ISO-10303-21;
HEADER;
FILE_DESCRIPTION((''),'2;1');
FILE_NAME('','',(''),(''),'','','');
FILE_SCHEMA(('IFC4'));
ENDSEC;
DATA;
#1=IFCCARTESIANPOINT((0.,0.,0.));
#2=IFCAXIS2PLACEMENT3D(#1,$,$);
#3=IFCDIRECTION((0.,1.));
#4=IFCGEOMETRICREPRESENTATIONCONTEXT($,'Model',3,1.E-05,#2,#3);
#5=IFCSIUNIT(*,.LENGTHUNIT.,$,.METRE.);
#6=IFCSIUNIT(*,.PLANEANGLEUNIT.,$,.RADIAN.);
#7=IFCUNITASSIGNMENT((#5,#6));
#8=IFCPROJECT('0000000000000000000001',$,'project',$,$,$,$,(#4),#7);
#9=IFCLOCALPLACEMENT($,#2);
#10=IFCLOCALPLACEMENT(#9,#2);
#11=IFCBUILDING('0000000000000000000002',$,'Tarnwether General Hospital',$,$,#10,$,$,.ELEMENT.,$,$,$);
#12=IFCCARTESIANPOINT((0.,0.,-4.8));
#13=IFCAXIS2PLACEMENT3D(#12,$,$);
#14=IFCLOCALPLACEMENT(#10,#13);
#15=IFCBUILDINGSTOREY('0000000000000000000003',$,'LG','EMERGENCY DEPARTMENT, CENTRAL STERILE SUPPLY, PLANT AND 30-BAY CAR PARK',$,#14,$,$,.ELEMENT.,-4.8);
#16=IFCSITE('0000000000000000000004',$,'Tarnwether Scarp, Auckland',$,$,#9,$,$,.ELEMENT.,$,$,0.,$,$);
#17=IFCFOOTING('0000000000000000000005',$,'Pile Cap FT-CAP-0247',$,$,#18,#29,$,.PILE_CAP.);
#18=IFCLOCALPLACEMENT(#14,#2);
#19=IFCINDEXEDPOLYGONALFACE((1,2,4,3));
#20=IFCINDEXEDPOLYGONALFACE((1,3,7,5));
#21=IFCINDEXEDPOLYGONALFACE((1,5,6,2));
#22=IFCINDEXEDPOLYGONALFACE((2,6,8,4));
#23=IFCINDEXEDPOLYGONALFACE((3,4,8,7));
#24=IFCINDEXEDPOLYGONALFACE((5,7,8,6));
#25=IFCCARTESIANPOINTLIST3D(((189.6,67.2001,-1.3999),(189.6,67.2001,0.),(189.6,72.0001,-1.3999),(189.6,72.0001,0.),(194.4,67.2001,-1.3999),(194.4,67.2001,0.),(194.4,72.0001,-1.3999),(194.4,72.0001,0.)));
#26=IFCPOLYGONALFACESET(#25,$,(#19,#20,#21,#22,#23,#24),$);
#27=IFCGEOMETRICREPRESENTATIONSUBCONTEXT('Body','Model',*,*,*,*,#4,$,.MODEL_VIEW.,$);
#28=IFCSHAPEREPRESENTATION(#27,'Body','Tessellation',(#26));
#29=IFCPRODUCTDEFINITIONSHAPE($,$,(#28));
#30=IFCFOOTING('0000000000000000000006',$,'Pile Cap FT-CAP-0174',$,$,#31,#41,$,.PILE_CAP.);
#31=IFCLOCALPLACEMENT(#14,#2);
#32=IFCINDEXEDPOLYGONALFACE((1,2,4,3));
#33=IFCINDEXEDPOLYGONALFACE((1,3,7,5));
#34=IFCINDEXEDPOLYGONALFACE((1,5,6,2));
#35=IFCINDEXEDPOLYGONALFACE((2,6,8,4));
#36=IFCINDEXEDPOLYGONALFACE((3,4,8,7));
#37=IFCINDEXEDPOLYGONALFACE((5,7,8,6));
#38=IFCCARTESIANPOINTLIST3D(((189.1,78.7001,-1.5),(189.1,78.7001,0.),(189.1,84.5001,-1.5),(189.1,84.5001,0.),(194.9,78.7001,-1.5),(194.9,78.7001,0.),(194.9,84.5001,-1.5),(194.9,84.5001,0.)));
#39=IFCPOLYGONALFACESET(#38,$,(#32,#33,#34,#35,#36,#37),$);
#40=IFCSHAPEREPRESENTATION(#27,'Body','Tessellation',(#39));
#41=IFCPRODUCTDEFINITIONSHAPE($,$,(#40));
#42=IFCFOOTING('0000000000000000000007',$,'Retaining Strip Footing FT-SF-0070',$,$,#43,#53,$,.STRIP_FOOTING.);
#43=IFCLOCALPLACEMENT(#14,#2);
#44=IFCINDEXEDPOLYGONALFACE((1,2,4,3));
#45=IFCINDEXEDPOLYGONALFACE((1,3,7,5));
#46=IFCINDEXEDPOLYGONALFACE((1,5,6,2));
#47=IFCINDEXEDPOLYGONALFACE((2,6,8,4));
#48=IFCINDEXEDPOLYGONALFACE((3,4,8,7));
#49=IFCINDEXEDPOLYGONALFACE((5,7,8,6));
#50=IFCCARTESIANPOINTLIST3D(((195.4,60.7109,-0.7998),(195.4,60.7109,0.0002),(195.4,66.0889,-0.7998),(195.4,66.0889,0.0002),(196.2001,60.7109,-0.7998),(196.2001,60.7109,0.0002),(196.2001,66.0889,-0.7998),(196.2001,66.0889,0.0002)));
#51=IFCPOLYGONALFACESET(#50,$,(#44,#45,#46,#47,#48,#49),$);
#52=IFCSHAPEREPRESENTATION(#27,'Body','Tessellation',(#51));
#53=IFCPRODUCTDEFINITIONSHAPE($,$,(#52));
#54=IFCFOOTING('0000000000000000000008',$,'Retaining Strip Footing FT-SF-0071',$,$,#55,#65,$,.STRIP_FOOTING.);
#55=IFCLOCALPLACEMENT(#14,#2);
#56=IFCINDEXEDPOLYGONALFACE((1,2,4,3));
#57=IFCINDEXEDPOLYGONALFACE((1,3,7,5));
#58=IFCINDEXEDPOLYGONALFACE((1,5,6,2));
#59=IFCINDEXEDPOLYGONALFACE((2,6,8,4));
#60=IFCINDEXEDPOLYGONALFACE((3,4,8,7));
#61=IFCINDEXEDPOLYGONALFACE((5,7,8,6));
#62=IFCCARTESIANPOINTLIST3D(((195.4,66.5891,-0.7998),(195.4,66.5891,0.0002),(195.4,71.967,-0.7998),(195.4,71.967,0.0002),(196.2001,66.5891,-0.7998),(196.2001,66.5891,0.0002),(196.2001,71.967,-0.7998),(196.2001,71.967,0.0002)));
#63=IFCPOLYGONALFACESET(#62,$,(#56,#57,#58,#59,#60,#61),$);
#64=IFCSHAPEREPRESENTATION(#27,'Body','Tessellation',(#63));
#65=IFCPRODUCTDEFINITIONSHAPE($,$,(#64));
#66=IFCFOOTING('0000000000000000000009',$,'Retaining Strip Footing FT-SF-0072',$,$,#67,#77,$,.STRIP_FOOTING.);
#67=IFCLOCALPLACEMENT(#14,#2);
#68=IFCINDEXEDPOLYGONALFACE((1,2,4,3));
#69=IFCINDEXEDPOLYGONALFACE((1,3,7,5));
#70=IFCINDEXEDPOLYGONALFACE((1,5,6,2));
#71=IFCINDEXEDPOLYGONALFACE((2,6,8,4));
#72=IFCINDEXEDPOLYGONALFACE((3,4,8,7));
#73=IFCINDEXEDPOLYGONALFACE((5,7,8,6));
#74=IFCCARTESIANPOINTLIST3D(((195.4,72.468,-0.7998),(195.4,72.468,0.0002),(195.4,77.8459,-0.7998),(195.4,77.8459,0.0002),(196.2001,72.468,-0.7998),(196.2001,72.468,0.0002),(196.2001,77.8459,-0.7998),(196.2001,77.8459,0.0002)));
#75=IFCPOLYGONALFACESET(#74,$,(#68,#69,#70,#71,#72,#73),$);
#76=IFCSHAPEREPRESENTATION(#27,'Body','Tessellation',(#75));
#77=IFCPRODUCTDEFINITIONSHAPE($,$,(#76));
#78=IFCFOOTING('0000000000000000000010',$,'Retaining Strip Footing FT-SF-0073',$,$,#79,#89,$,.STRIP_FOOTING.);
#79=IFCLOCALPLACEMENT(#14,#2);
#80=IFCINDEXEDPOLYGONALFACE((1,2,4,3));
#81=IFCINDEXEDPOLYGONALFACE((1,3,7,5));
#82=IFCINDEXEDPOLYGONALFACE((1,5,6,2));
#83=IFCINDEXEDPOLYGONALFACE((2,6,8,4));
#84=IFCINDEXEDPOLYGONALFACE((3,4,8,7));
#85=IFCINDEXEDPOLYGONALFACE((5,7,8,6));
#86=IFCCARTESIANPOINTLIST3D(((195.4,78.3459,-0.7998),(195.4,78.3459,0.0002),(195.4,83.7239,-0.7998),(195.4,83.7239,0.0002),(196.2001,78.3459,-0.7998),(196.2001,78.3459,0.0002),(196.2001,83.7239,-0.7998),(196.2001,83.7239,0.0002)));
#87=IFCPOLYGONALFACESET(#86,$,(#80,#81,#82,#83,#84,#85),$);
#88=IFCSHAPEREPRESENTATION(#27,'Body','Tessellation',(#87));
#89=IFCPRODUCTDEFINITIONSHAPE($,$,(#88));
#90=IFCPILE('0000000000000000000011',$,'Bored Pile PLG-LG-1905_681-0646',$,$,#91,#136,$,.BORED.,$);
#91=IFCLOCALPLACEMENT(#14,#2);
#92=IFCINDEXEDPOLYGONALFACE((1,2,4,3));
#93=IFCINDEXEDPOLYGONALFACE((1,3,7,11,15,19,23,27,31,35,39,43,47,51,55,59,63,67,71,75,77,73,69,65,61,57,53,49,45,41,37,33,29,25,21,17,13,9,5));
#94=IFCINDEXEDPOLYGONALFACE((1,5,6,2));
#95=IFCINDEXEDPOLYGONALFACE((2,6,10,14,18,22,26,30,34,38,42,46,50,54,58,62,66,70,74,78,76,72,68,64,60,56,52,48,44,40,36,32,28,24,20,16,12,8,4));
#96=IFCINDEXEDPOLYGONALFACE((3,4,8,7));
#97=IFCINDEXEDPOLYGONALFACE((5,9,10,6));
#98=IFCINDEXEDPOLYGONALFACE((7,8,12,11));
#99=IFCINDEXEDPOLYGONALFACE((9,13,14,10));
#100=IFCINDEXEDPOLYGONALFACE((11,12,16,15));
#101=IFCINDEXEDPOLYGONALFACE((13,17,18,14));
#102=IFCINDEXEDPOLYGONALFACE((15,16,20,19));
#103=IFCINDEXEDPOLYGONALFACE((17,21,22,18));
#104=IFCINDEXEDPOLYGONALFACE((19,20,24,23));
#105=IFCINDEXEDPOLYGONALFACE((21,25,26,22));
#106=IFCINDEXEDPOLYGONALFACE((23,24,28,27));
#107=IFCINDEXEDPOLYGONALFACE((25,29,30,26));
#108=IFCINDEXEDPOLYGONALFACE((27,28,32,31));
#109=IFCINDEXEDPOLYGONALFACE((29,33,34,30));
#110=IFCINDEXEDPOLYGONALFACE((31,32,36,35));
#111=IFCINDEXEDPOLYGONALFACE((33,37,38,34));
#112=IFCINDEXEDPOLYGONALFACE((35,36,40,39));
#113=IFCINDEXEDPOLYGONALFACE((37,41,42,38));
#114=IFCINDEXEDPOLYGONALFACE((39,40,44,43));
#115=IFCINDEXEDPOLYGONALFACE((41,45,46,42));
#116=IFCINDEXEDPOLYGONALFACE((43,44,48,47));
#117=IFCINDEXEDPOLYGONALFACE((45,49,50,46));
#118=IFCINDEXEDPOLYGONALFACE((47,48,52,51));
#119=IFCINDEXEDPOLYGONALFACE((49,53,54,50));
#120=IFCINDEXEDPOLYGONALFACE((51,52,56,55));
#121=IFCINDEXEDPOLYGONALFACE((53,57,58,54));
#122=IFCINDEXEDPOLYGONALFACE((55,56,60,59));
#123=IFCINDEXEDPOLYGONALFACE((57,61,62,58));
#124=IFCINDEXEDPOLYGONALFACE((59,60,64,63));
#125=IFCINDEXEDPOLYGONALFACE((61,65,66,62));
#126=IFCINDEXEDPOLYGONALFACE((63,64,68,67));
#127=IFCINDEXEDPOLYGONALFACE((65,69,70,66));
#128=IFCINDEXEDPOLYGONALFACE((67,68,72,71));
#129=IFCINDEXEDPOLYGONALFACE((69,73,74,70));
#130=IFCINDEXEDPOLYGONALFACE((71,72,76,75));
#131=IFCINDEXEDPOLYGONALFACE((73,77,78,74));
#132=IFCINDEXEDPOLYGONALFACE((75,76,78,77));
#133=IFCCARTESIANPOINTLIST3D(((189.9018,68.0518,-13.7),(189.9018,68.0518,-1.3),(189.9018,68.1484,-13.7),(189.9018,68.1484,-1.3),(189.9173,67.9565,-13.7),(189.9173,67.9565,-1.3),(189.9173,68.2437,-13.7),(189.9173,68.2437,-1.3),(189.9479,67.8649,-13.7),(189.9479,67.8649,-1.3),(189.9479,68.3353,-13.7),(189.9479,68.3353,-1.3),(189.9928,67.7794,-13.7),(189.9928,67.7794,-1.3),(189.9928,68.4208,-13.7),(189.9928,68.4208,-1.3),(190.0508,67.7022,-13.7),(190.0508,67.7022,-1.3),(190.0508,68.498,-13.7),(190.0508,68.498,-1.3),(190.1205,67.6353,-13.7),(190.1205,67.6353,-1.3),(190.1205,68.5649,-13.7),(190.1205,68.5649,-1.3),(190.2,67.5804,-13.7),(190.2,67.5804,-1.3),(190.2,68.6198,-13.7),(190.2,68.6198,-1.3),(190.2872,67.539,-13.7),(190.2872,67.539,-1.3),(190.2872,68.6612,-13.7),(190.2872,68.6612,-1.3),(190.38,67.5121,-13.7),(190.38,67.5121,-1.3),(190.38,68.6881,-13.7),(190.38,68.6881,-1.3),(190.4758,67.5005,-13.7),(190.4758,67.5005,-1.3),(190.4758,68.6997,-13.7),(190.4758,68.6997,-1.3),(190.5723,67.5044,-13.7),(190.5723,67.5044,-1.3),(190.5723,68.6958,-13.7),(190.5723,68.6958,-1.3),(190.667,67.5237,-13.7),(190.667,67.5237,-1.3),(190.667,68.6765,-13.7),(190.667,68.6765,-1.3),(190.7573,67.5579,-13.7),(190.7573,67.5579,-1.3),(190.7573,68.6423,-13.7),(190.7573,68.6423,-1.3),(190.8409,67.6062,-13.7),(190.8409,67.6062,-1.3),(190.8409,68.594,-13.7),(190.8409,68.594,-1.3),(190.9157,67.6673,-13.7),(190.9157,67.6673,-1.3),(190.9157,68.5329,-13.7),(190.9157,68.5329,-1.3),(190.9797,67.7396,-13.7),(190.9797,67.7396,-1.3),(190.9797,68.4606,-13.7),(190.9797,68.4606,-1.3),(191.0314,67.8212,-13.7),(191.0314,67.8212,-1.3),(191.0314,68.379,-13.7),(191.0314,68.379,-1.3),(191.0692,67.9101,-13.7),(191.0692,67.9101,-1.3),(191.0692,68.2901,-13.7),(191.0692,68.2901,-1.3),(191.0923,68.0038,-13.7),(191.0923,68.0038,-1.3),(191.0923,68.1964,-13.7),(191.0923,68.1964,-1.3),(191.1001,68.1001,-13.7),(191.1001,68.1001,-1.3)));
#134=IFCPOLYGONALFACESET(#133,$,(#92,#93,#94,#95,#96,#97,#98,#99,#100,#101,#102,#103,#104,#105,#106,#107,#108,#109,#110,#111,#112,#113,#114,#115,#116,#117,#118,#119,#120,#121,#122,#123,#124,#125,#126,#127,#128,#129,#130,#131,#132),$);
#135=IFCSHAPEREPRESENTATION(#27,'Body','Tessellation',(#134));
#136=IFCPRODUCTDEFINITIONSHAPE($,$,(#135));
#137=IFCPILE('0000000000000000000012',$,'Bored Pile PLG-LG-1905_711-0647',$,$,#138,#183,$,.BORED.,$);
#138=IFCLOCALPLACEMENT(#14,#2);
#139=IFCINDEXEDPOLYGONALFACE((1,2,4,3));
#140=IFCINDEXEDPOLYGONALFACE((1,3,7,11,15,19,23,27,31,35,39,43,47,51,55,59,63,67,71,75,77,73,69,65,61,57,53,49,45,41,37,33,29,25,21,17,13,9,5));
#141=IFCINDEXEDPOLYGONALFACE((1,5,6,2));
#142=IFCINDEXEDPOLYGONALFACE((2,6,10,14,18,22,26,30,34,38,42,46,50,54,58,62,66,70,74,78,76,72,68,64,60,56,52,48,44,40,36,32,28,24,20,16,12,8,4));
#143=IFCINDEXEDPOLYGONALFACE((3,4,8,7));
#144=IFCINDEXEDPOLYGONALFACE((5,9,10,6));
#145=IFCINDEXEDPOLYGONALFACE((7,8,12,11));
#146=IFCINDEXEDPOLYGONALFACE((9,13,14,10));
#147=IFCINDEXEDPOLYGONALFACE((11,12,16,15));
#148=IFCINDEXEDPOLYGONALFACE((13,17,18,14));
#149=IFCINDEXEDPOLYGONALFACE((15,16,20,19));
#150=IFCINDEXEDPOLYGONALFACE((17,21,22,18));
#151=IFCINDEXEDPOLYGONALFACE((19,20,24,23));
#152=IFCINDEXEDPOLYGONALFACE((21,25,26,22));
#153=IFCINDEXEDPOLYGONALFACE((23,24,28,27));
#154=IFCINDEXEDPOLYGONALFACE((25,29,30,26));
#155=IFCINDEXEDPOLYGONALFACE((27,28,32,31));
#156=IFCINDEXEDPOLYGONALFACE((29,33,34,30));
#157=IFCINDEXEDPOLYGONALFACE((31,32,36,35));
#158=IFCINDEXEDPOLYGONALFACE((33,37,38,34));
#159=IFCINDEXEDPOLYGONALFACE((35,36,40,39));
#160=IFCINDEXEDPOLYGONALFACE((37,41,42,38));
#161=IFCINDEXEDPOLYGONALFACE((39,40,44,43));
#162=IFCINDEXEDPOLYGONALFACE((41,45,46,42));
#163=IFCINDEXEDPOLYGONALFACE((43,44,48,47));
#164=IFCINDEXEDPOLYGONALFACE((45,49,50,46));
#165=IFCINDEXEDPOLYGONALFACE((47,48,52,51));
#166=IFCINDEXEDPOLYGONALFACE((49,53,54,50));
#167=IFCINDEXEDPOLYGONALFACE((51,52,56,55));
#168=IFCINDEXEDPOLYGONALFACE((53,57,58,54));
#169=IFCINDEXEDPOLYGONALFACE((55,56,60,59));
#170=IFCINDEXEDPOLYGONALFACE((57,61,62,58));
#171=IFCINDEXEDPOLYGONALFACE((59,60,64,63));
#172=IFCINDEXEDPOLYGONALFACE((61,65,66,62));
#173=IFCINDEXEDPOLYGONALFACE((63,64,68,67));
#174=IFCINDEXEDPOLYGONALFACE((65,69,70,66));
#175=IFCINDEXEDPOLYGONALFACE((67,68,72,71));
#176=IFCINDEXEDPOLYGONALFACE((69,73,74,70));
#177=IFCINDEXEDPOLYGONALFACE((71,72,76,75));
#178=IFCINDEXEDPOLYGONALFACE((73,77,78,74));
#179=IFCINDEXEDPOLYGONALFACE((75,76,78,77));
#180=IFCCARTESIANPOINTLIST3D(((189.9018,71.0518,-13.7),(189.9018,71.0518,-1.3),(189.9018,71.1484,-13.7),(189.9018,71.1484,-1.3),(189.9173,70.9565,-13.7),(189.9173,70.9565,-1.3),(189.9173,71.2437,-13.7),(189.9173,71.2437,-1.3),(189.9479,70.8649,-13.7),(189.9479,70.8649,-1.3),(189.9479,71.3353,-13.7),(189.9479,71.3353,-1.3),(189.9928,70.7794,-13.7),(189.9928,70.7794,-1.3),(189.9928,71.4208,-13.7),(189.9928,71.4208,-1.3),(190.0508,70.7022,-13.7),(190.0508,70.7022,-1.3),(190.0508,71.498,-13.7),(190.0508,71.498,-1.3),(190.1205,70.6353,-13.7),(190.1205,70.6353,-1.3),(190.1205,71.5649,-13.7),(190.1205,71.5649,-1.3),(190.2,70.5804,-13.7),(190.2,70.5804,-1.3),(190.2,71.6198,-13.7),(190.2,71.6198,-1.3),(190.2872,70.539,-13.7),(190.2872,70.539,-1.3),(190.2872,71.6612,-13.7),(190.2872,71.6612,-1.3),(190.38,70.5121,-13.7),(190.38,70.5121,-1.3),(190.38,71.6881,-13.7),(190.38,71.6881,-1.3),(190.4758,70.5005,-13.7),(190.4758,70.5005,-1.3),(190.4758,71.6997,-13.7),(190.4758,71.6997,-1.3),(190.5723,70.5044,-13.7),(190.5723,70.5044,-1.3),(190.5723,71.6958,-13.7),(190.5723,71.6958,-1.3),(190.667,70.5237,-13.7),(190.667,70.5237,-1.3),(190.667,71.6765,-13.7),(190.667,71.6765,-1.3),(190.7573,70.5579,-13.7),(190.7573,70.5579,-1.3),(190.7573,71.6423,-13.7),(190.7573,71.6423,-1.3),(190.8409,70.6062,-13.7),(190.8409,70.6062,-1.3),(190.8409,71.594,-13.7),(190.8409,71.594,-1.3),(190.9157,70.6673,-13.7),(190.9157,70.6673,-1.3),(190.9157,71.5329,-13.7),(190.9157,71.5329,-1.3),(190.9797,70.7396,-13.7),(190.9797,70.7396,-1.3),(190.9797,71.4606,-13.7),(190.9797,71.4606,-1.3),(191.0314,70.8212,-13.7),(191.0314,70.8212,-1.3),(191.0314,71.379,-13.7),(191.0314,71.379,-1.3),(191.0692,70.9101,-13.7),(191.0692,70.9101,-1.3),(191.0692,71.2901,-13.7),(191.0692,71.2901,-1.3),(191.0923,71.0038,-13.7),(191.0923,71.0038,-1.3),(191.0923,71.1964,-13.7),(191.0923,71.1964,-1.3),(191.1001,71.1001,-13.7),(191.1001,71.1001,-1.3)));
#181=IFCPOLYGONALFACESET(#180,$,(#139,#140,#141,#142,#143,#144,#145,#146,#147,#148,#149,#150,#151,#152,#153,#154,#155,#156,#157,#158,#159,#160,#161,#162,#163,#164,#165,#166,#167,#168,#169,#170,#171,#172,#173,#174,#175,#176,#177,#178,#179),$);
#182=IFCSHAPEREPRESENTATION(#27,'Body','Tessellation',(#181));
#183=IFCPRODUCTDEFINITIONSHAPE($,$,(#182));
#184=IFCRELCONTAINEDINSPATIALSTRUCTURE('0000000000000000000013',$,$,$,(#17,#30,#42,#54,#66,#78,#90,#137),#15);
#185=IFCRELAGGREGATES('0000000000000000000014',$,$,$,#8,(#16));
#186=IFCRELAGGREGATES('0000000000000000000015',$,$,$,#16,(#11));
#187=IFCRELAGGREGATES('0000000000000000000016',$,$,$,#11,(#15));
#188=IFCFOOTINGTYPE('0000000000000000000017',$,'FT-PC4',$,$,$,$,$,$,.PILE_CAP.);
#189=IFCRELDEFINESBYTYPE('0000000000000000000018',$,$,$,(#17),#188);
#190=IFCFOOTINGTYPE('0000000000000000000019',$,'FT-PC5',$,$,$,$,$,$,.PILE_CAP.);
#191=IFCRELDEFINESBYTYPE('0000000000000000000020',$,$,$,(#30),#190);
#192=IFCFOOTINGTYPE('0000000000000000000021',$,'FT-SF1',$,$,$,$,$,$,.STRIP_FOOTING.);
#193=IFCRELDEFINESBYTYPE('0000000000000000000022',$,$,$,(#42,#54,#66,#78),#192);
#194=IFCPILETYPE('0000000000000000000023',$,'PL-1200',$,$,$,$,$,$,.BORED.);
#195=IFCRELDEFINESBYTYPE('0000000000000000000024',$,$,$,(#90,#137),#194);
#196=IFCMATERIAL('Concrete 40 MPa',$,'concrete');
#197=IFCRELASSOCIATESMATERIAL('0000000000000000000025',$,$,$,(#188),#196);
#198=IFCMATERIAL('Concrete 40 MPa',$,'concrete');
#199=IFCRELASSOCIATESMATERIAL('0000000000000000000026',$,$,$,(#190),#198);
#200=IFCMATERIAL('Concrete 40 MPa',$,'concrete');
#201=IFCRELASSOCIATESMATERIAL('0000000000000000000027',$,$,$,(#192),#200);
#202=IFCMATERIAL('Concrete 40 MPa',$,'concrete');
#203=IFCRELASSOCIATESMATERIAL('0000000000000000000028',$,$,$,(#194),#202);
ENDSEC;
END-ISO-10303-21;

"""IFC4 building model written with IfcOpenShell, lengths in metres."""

from ifc_helpers import new_model, si_unit, direction, frame, origin, origin_2d, place, context, subcontext, project, spatial, rectangle, circle, extrude, material, material_profile, profile_set, type_object, element, save


model = new_model("IFC4")

# Units and contexts
model_context = context("Model", 3, precision=1e-05, world=origin(), true_north=direction((0.0, 1.0)))
body_context = subcontext(model_context, "Body", "Model", "MODEL_VIEW")
ifc_project = project(units=[si_unit("LENGTHUNIT", "METRE"), si_unit("PLANEANGLEUNIT", "RADIAN")], contexts=[model_context])

# Site, building, storey
site_placement = place(None, origin())
site = spatial("IfcSite", under=ifc_project, at=site_placement, Name="Tarnwether Scarp, Auckland", CompositionType="ELEMENT", RefElevation=0.0)
building_placement = place(site_placement, origin())
building = spatial("IfcBuilding", under=site, at=building_placement, Name="Tarnwether General Hospital", CompositionType="ELEMENT")
storey_placement = place(building_placement, frame((0.0, 0.0, -4.8)))
storey = spatial("IfcBuildingStorey", under=building, at=storey_placement, Name="LG", Description="EMERGENCY DEPARTMENT, CENTRAL STERILE SUPPLY, PLANT AND 30-BAY CAR PARK", CompositionType="ELEMENT", Elevation=-4.8)

# Footings
ifc_material_1 = material(Name="Concrete 40 MPa", Category="concrete")
footing_type_1 = type_object("IfcFootingType", Name="FT-PC4", PredefinedType="PILE_CAP", material=ifc_material_1)
footing_1_placement = place(storey_placement, frame((192.0, 69.6001, -1.3999), z_axis=(0.0, 0.0, 1.0), x_axis=(1.0, 0.0, 0.0)))
element("IfcFooting", 1, at=footing_1_placement, inside=storey, type_object=footing_type_1, Name="Pile Cap FT-CAP-0247", PredefinedType="PILE_CAP", context=body_context, shape_type="SweptSolid", body=[
    extrude(rectangle(XDim=4.8, YDim=4.8, at=origin_2d()), origin(), (0.0, 0.0, 1.0), 1.3999),
])
ifc_material_2 = material(Name="Concrete 40 MPa", Category="concrete")
footing_type_2 = type_object("IfcFootingType", Name="FT-PC5", PredefinedType="PILE_CAP", material=ifc_material_2)
footing_2_placement = place(storey_placement, frame((192.0, 81.6001, -1.5), z_axis=(0.0, 0.0, 1.0), x_axis=(1.0, 0.0, 0.0)))
element("IfcFooting", 2, at=footing_2_placement, inside=storey, type_object=footing_type_2, Name="Pile Cap FT-CAP-0174", PredefinedType="PILE_CAP", context=body_context, shape_type="SweptSolid", body=[
    extrude(rectangle(XDim=5.8, YDim=5.8, at=origin_2d()), origin(), (0.0, 0.0, 1.0), 1.5),
])
ifc_material_3 = material(Name="Concrete 40 MPa", Category="concrete")
footing_type_3 = type_object("IfcFootingType", Name="FT-SF1", PredefinedType="STRIP_FOOTING", material=ifc_material_3)
for number, where, z_axis, x_axis, name in (
    (3, (195.8, 63.3999, -0.7998), (0.0, 0.0, 1.0), (0.0, 1.0, 0.0), "Retaining Strip Footing FT-SF-0070"),
    (4, (195.8, 69.2781, -0.7998), (0.0, 0.0, 1.0), (0.0, 1.0, 0.0), "Retaining Strip Footing FT-SF-0071"),
    (5, (195.8, 75.157, -0.7998), (0.0, 0.0, 1.0), (0.0, 1.0, 0.0), "Retaining Strip Footing FT-SF-0072"),
    (6, (195.8, 81.0349, -0.7998), (0.0, 0.0, 1.0), (0.0, 1.0, 0.0), "Retaining Strip Footing FT-SF-0073"),
):
    element("IfcFooting", number, at=place(storey_placement, frame(where, z_axis=z_axis, x_axis=x_axis)), inside=storey, type_object=footing_type_3, Name=name, PredefinedType="STRIP_FOOTING", context=body_context, shape_type="SweptSolid", body=[
        extrude(rectangle(XDim=5.3779, YDim=0.8, at=origin_2d()), origin(), (0.0, 0.0, 1.0), 0.8),
    ])

# Piles
ifc_material_4 = material(Name="Concrete 40 MPa", Category="concrete")
ifc_material_profile_1 = material_profile(ifc_material_4, circle(Radius=0.6001, at=origin_2d()), Name="PILE-D1200")
ifc_profile_set_1 = profile_set([ifc_material_profile_1], Name="Concrete 40 MPa")
pile_type_1 = type_object("IfcPileType", Name="PL-1200", PredefinedType="BORED", material=ifc_profile_set_1)
for number, where, z_axis, x_axis, name in (
    (7, (190.5, 68.1001, -1.3), (0.0, 0.0, -1.0), (1.0, 0.0, 0.0), "Bored Pile PLG-LG-1905_681-0646"),
    (8, (190.5, 71.1001, -1.3), (0.0, 0.0, -1.0), (1.0, 0.0, 0.0), "Bored Pile PLG-LG-1905_711-0647"),
):
    element("IfcPile", number, at=place(storey_placement, frame(where, z_axis=z_axis, x_axis=x_axis)), inside=storey, type_object=pile_type_1, Name=name, PredefinedType="BORED", context=body_context, shape_type="SweptSolid", body=[
        extrude(circle(Radius=0.6001, at=origin_2d()), origin(), (0.0, 0.0, 1.0), 12.3999),
    ])

save(model, "model.ifc")
